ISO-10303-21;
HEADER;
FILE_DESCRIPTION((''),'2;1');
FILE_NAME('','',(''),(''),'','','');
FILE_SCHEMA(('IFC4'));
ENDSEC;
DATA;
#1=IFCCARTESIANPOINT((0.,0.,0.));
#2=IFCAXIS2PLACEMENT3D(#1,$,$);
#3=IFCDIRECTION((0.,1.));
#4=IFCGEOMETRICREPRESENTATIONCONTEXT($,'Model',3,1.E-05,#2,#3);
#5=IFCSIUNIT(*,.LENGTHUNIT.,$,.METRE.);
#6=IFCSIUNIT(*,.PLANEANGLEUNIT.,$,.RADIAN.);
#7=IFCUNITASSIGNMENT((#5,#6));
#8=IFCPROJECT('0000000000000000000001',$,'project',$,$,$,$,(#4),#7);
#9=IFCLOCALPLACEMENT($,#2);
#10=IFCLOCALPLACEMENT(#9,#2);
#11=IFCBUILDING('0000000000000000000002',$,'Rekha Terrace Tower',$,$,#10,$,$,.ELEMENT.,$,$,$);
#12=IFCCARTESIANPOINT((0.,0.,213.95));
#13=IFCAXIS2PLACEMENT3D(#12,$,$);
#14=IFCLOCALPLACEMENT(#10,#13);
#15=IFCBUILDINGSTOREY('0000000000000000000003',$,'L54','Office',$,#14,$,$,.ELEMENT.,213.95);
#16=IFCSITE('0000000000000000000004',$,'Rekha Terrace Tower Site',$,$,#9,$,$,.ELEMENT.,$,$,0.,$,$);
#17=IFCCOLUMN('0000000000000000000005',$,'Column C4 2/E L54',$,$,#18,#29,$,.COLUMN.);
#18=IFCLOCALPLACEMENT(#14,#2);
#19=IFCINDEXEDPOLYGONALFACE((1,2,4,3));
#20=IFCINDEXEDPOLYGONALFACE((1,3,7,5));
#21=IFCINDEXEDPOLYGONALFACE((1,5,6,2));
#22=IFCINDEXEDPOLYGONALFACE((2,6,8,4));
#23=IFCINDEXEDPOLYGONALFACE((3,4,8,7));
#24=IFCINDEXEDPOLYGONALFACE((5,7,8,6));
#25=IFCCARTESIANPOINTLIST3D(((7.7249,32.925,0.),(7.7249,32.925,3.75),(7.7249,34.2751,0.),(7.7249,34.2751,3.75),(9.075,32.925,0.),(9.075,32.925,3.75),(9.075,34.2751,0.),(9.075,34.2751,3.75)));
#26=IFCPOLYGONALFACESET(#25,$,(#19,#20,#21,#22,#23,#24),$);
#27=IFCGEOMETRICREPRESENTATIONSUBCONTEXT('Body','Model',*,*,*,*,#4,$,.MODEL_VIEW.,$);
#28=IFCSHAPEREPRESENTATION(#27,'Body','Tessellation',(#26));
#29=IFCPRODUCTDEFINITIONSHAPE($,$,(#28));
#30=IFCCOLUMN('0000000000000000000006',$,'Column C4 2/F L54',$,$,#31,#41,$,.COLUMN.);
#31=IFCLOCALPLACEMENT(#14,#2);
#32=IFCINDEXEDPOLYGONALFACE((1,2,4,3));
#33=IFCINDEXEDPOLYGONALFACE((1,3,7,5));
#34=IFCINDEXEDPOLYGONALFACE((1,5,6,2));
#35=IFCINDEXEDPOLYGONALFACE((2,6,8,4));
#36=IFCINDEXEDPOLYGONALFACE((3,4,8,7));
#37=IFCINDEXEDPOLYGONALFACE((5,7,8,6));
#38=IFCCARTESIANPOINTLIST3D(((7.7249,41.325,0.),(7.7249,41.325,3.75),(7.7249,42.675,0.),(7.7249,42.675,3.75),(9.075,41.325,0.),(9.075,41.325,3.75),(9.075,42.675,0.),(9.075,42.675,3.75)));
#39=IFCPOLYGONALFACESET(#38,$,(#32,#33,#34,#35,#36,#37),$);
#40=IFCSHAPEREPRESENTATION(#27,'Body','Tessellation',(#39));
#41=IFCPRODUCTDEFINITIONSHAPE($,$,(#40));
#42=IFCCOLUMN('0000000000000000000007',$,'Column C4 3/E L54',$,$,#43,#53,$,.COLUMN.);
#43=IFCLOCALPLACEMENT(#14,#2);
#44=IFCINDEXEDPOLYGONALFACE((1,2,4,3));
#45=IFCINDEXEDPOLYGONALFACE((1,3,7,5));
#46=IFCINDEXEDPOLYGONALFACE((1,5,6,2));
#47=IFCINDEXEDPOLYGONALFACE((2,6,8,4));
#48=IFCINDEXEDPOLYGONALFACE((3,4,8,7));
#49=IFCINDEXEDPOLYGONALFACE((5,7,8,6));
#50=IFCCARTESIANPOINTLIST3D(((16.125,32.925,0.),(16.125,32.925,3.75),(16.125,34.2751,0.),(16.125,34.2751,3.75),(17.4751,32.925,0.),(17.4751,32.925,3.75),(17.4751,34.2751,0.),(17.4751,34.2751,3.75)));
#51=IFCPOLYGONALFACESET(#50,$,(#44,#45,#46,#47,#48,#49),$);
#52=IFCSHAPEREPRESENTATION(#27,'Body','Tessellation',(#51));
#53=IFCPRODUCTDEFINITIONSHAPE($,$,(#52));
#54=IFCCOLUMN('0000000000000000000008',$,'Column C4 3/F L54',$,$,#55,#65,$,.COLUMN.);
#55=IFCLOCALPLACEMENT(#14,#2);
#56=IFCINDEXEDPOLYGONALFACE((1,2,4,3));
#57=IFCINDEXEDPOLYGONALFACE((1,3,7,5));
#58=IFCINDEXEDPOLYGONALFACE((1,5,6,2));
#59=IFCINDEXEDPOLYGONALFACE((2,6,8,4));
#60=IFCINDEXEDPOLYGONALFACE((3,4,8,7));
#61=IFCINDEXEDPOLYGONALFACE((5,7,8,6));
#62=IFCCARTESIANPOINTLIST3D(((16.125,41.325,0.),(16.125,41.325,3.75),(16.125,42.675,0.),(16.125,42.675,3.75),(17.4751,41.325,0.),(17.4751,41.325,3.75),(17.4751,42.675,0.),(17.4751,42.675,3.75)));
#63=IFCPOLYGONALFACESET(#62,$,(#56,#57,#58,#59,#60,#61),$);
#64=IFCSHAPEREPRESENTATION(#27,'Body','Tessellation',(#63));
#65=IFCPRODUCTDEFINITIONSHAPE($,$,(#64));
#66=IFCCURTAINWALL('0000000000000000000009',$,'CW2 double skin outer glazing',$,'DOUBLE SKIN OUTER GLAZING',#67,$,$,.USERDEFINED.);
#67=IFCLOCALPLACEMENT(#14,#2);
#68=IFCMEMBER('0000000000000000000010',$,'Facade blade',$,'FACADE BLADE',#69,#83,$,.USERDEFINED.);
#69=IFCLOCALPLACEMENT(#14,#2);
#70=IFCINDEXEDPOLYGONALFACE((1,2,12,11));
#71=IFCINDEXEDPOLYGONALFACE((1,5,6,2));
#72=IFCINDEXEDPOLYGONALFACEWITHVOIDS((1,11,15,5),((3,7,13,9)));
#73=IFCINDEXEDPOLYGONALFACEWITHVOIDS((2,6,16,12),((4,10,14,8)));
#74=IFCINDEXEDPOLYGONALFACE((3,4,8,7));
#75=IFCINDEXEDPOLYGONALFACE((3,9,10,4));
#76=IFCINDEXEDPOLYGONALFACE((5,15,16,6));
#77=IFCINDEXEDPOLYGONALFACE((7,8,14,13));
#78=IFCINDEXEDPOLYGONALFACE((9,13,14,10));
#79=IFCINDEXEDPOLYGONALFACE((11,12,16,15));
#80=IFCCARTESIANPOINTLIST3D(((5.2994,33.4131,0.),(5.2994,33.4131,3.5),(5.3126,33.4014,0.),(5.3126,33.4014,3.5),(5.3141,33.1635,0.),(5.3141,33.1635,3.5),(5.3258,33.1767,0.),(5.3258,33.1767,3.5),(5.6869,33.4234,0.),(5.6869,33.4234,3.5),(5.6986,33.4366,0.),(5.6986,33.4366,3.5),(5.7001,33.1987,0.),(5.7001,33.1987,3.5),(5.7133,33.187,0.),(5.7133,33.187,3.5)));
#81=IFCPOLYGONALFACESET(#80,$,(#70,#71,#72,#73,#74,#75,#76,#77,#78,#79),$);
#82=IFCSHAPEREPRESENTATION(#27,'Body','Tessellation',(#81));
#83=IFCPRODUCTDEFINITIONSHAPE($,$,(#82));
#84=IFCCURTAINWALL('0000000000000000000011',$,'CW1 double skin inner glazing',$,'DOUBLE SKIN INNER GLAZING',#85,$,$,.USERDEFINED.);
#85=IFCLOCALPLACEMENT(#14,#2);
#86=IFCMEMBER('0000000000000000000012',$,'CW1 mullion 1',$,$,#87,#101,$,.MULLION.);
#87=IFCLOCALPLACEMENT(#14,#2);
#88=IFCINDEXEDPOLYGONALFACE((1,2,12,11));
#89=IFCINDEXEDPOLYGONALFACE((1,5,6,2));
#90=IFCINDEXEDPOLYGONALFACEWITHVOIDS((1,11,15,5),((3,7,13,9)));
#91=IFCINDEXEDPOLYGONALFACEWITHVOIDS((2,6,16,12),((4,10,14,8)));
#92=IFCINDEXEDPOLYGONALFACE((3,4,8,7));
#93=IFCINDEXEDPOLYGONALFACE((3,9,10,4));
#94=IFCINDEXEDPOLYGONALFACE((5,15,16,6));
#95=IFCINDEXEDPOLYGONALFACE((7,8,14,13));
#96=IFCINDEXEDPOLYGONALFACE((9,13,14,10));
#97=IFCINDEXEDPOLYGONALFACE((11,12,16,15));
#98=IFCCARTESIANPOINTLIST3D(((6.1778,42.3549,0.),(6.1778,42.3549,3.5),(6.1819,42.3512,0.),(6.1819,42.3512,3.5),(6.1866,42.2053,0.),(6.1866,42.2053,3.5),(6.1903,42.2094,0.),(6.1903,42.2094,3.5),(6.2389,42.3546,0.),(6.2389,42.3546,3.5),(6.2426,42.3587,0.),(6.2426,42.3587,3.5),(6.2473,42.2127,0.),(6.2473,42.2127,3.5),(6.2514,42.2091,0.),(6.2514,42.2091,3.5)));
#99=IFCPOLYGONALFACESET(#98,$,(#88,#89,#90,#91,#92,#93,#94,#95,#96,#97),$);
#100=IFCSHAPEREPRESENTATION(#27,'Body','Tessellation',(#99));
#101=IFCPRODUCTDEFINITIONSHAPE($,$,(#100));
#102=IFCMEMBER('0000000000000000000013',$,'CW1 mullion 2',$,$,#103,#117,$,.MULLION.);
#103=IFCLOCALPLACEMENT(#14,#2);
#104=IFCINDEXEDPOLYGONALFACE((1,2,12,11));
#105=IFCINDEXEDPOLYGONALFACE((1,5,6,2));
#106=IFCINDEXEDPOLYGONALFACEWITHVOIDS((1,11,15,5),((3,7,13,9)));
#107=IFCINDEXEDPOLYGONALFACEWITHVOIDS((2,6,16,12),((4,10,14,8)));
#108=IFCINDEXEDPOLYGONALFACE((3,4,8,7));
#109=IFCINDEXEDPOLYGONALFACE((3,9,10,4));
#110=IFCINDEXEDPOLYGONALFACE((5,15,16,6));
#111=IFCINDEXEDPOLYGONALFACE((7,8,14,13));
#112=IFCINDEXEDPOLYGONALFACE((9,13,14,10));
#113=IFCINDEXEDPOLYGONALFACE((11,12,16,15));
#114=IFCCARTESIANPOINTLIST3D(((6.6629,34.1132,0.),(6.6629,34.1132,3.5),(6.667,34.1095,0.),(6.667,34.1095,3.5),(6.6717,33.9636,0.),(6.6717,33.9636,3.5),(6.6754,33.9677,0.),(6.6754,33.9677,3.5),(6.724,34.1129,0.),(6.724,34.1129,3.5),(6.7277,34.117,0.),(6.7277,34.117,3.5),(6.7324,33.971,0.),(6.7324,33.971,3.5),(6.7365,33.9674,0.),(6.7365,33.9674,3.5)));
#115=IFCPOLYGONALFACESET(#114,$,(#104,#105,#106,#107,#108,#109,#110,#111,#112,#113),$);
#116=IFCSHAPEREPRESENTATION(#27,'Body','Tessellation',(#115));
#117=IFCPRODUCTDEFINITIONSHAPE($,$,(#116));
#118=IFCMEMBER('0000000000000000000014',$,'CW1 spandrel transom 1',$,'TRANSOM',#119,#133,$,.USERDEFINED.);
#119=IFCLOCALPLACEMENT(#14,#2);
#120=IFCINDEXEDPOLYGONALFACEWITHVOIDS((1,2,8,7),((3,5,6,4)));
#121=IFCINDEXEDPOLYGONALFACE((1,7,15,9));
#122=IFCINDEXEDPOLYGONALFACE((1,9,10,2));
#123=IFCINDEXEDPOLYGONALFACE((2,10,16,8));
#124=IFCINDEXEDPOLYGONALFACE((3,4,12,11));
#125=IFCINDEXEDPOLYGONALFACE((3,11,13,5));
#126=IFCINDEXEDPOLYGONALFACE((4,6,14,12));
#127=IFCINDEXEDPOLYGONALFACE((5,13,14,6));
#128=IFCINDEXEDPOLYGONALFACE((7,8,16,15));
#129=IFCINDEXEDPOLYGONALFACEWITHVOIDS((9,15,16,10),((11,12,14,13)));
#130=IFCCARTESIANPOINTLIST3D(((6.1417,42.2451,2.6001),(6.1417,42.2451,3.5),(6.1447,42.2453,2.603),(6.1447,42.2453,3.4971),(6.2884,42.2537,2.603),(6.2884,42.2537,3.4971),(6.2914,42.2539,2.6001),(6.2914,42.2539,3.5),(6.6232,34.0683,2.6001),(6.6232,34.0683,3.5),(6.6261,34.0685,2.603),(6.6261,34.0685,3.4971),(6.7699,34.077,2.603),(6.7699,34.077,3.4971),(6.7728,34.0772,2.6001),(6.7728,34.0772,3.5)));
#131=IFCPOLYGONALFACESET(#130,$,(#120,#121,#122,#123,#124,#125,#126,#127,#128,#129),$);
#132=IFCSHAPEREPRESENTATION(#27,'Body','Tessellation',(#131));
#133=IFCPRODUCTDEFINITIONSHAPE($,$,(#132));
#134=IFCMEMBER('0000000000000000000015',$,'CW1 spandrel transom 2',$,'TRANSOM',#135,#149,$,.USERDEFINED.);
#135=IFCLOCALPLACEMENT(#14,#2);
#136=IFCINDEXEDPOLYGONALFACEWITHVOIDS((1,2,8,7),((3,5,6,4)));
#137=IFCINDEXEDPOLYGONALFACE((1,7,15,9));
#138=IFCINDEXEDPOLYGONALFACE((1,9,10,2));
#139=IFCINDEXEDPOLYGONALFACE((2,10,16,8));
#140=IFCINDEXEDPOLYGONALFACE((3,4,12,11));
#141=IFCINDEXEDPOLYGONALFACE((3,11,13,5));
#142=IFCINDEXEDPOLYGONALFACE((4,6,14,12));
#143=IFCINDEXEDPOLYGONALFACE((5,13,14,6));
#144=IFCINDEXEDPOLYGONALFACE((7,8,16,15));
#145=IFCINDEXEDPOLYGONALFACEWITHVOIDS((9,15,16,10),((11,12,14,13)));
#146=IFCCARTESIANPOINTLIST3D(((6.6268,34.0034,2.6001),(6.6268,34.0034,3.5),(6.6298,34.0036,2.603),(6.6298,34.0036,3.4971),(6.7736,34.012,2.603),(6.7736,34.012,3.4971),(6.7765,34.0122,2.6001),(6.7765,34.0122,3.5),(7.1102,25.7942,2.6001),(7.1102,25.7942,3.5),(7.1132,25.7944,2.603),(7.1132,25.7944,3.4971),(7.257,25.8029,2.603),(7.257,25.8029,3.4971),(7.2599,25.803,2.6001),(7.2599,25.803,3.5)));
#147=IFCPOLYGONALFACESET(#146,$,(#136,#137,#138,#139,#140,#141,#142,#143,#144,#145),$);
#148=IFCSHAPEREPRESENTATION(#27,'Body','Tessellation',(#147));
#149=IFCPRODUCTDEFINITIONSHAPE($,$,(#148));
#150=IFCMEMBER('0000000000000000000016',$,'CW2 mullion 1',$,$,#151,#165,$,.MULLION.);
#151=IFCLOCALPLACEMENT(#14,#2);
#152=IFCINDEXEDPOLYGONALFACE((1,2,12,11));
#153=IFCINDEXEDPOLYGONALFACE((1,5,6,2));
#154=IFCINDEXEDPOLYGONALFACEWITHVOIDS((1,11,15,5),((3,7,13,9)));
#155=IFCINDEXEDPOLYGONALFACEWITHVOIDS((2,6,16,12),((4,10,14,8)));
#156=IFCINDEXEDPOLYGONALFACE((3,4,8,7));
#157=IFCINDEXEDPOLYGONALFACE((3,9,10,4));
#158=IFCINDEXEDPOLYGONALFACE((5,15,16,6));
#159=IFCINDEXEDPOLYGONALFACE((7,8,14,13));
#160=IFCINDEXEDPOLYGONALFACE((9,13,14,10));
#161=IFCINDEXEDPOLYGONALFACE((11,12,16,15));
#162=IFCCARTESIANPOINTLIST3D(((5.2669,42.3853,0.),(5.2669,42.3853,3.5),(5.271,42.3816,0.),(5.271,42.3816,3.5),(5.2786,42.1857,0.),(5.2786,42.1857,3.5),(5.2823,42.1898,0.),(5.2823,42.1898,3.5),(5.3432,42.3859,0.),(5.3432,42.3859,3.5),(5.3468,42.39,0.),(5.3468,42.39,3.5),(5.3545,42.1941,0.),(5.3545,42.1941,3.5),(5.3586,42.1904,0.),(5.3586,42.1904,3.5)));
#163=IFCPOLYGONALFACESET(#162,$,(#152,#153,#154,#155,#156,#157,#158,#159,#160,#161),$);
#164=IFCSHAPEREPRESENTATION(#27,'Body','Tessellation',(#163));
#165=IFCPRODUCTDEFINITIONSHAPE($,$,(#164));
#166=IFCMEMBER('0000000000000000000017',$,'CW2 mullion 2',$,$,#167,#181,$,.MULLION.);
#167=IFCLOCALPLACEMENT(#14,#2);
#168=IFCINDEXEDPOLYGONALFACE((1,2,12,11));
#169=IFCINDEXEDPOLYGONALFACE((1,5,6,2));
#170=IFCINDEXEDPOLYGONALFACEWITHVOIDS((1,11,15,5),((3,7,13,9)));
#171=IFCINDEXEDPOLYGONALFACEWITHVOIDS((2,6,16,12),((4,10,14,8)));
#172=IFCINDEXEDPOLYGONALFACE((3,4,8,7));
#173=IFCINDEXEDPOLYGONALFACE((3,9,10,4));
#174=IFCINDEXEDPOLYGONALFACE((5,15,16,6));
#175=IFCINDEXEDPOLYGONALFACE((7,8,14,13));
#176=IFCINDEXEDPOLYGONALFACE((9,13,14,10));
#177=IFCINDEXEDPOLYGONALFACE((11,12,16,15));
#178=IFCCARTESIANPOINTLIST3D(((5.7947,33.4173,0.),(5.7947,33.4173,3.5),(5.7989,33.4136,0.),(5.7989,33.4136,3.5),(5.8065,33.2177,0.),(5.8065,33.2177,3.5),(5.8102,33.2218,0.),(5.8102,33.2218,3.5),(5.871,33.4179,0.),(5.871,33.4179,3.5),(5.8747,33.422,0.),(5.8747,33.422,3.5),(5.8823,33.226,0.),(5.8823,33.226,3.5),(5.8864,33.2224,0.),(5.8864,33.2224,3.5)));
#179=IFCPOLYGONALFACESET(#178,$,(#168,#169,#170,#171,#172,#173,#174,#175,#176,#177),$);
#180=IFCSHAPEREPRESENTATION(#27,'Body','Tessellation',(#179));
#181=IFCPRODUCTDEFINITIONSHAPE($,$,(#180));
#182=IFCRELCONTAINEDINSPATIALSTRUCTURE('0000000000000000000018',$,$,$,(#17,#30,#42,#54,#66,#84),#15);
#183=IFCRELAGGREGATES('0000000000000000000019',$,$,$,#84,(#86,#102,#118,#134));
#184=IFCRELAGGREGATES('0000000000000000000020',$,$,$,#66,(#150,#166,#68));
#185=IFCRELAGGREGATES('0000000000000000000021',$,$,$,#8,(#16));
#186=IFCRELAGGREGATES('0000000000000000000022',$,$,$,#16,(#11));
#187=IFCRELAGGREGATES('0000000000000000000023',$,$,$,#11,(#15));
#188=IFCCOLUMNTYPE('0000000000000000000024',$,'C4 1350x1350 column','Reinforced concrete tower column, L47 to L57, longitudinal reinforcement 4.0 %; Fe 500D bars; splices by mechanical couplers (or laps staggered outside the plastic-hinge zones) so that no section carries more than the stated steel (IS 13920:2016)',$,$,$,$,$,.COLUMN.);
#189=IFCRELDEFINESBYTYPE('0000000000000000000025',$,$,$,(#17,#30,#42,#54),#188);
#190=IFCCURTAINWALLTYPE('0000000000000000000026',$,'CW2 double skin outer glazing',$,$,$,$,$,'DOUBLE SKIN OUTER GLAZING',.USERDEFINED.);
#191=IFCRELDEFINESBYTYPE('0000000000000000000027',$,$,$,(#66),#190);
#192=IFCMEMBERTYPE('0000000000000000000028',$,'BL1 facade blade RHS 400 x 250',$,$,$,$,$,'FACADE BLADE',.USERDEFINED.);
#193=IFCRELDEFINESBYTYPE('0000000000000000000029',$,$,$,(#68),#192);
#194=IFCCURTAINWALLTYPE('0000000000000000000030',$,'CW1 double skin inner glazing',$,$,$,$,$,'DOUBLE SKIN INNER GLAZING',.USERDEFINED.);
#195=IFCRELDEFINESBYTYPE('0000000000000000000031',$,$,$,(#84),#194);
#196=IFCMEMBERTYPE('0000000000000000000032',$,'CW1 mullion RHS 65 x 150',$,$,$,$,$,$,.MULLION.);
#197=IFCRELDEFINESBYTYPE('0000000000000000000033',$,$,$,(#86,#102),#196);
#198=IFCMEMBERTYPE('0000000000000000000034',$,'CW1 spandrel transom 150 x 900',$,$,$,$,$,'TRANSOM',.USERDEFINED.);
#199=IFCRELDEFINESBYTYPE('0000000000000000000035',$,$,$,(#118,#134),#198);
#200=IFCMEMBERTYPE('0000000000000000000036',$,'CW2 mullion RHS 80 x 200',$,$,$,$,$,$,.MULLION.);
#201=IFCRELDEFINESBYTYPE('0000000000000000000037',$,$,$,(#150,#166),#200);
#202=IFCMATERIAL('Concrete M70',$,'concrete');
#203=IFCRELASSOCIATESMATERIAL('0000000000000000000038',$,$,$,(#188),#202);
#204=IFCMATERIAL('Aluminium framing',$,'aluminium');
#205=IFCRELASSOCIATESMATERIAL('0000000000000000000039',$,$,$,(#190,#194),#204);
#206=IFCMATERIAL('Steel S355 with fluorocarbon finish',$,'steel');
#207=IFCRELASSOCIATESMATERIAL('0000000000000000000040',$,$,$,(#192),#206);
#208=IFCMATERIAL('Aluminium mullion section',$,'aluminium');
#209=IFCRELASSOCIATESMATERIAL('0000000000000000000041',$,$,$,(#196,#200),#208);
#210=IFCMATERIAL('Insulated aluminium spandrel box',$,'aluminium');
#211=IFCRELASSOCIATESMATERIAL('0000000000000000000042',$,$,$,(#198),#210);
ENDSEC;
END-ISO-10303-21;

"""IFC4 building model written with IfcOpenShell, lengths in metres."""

from ifc_helpers import new_model, si_unit, direction, frame, origin, origin_2d, place, context, subcontext, project, spatial, rectangle, hollow_rectangle, extrude, material, material_profile, profile_set, type_object, element, aggregate, save


model = new_model("IFC4")

# Units and contexts
model_context = context("Model", 3, precision=1e-05, world=origin(), true_north=direction((0.0, 1.0)))
body_context = subcontext(model_context, "Body", "Model", "MODEL_VIEW")
ifc_project = project(units=[si_unit("LENGTHUNIT", "METRE"), si_unit("PLANEANGLEUNIT", "RADIAN")], contexts=[model_context])

# Site, building, storey
site_placement = place(None, origin())
site = spatial("IfcSite", under=ifc_project, at=site_placement, Name="Rekha Terrace Tower Site", CompositionType="ELEMENT", RefElevation=0.0)
building_placement = place(site_placement, origin())
building = spatial("IfcBuilding", under=site, at=building_placement, Name="Rekha Terrace Tower", CompositionType="ELEMENT")
storey_placement = place(building_placement, frame((0.0, 0.0, 213.95)))
storey = spatial("IfcBuildingStorey", under=building, at=storey_placement, Name="L54", Description="Office", CompositionType="ELEMENT", Elevation=213.95)

# Columns
ifc_material_1 = material(Name="Concrete M70", Category="concrete")
ifc_material_profile_1 = material_profile(ifc_material_1, rectangle(XDim=1.3501, YDim=1.3501, at=origin_2d()), Name="RC 1350x1350")
ifc_profile_set_1 = profile_set([ifc_material_profile_1], Name="Concrete M70")
column_type = type_object("IfcColumnType", Name="C4 1350x1350 column", Description="Reinforced concrete tower column, L47 to L57, longitudinal reinforcement 4.0 %; Fe 500D bars; splices by mechanical couplers (or laps staggered outside the plastic-hinge zones) so that no section carries more than the stated steel (IS 13920:2016)", PredefinedType="COLUMN", material=ifc_profile_set_1)
for number, where, z_axis, x_axis, name in (
    (1, (8.3999, 33.6001, 0.0), (0.0, 0.0, 1.0), (1.0, 0.0, 0.0), "Column C4 2/E L54"),
    (2, (8.3999, 42.0, 0.0), (0.0, 0.0, 1.0), (1.0, 0.0, 0.0), "Column C4 2/F L54"),
    (3, (16.8, 33.6001, 0.0), (0.0, 0.0, 1.0), (1.0, 0.0, 0.0), "Column C4 3/E L54"),
    (4, (16.8, 42.0, 0.0), (0.0, 0.0, 1.0), (1.0, 0.0, 0.0), "Column C4 3/F L54"),
):
    element("IfcColumn", number, at=place(storey_placement, frame(where, z_axis=z_axis, x_axis=x_axis)), inside=storey, type_object=column_type, Name=name, PredefinedType="COLUMN", context=body_context, shape_type="SweptSolid", body=[
        extrude(rectangle(XDim=1.3501, YDim=1.3501, at=origin_2d()), origin(), (0.0, 0.0, 1.0), 3.75),
    ])

# Curtain wall, member
ifc_material_2 = material(Name="Aluminium framing", Category="aluminium")
curtain_wall_type_1 = type_object("IfcCurtainWallType", Name="CW2 double skin outer glazing", ElementType="DOUBLE SKIN OUTER GLAZING", PredefinedType="USERDEFINED", material=ifc_material_2)
curtain_wall_1_placement = place(storey_placement, origin())
curtain_wall_1 = element("IfcCurtainWall", 5, at=curtain_wall_1_placement, inside=storey, type_object=curtain_wall_type_1, Name="CW2 double skin outer glazing", ObjectType="DOUBLE SKIN OUTER GLAZING", PredefinedType="USERDEFINED")
ifc_material_3 = material(Name="Steel S355 with fluorocarbon finish", Category="steel")
ifc_material_profile_2 = material_profile(ifc_material_3, hollow_rectangle(XDim=0.25, YDim=0.3999, WallThickness=0.0125, at=origin_2d()), Name="RHS400x250x12.5")
ifc_profile_set_2 = profile_set([ifc_material_profile_2], Name="Steel S355 with fluorocarbon finish")
member_type_1 = type_object("IfcMemberType", Name="BL1 facade blade RHS 400 x 250", ElementType="FACADE BLADE", PredefinedType="USERDEFINED", material=ifc_profile_set_2)
member_1_placement = place(storey_placement, frame((5.5063, 33.3, 0.0), z_axis=(0.0, 0.0, 1.0), x_axis=(0.058765, -0.998272, 0.0)))
member_1 = element("IfcMember", 6, at=member_1_placement, type_object=member_type_1, Name="Facade blade", ObjectType="FACADE BLADE", PredefinedType="USERDEFINED", context=body_context, shape_type="SweptSolid", body=[
    extrude(hollow_rectangle(XDim=0.25, YDim=0.3999, WallThickness=0.0125, at=origin_2d()), origin(), (0.0, 0.0, 1.0), 3.5),
])

# Curtain wall, members
curtain_wall_type_2 = type_object("IfcCurtainWallType", Name="CW1 double skin inner glazing", ElementType="DOUBLE SKIN INNER GLAZING", PredefinedType="USERDEFINED", material=ifc_material_2)
curtain_wall_2_placement = place(storey_placement, origin())
curtain_wall_2 = element("IfcCurtainWall", 7, at=curtain_wall_2_placement, inside=storey, type_object=curtain_wall_type_2, Name="CW1 double skin inner glazing", ObjectType="DOUBLE SKIN INNER GLAZING", PredefinedType="USERDEFINED")
ifc_material_4 = material(Name="Aluminium mullion section", Category="aluminium")
ifc_material_profile_3 = material_profile(ifc_material_4, hollow_rectangle(XDim=0.0649, YDim=0.1499, WallThickness=0.0039, at=origin_2d()), Name="AL RHS 65x150")
ifc_profile_set_3 = profile_set([ifc_material_profile_3], Name="Aluminium mullion section")
member_type_2 = type_object("IfcMemberType", Name="CW1 mullion RHS 65 x 150", PredefinedType="MULLION", material=ifc_profile_set_3)
member_2_placement = place(storey_placement, frame((6.2146, 42.282, 0.0), z_axis=(0.0, 0.0, 1.0), x_axis=(0.998272, 0.058765, 0.0)))
member_2 = element("IfcMember", 8, at=member_2_placement, type_object=member_type_2, Name="CW1 mullion 1", PredefinedType="MULLION", context=body_context, shape_type="SweptSolid", body=[
    extrude(hollow_rectangle(XDim=0.0649, YDim=0.1499, WallThickness=0.0039, at=origin_2d()), origin(), (0.0, 0.0, 1.0), 3.5),
])
member_3_placement = place(storey_placement, frame((6.6997, 34.0403, 0.0), z_axis=(0.0, 0.0, 1.0), x_axis=(0.998272, 0.058765, 0.0)))
member_3 = element("IfcMember", 9, at=member_3_placement, type_object=member_type_2, Name="CW1 mullion 2", PredefinedType="MULLION", context=body_context, shape_type="SweptSolid", body=[
    extrude(hollow_rectangle(XDim=0.0649, YDim=0.1499, WallThickness=0.0039, at=origin_2d()), origin(), (0.0, 0.0, 1.0), 3.5),
])
ifc_material_5 = material(Name="Insulated aluminium spandrel box", Category="aluminium")
ifc_material_profile_4 = material_profile(ifc_material_5, hollow_rectangle(XDim=0.1499, YDim=0.8999, WallThickness=0.0029, at=origin_2d()), Name="AL SPANDREL BOX 150x900")
ifc_profile_set_4 = profile_set([ifc_material_profile_4], Name="Insulated aluminium spandrel box")
member_type_3 = type_object("IfcMemberType", Name="CW1 spandrel transom 150 x 900", ElementType="TRANSOM", PredefinedType="USERDEFINED", material=ifc_profile_set_4)
member_4_placement = place(storey_placement, frame((6.2166, 42.2495, 3.05), z_axis=(0.058778, -0.998271, 0.0), x_axis=(0.998271, 0.058778, 0.0)))
member_4 = element("IfcMember", 10, at=member_4_placement, type_object=member_type_3, Name="CW1 spandrel transom 1", ObjectType="TRANSOM", PredefinedType="USERDEFINED", context=body_context, shape_type="SweptSolid", body=[
    extrude(hollow_rectangle(XDim=0.1499, YDim=0.8999, WallThickness=0.0029, at=origin_2d()), origin(), (0.0, 0.0, 1.0), 8.1909),
])
member_5_placement = place(storey_placement, frame((6.7017, 34.0078, 3.05), z_axis=(0.058783, -0.998271, 0.0), x_axis=(0.998271, 0.058783, 0.0)))
member_5 = element("IfcMember", 11, at=member_5_placement, type_object=member_type_3, Name="CW1 spandrel transom 2", ObjectType="TRANSOM", PredefinedType="USERDEFINED", context=body_context, shape_type="SweptSolid", body=[
    extrude(hollow_rectangle(XDim=0.1499, YDim=0.8999, WallThickness=0.0029, at=origin_2d()), origin(), (0.0, 0.0, 1.0), 8.2234),
])

# Members
ifc_material_profile_5 = material_profile(ifc_material_4, hollow_rectangle(XDim=0.0801, YDim=0.2, WallThickness=0.0039, at=origin_2d()), Name="AL RHS 80x200")
ifc_profile_set_5 = profile_set([ifc_material_profile_5], Name="Aluminium mullion section")
member_type_4 = type_object("IfcMemberType", Name="CW2 mullion RHS 80 x 200", PredefinedType="MULLION", material=ifc_profile_set_5)
member_6_placement = place(storey_placement, frame((5.3127, 42.2878, 0.0), z_axis=(0.0, 0.0, 1.0), x_axis=(0.998272, 0.058765, 0.0)))
member_6 = element("IfcMember", 12, at=member_6_placement, type_object=member_type_4, Name="CW2 mullion 1", PredefinedType="MULLION", context=body_context, shape_type="SweptSolid", body=[
    extrude(hollow_rectangle(XDim=0.0801, YDim=0.2, WallThickness=0.0039, at=origin_2d()), origin(), (0.0, 0.0, 1.0), 3.5),
])
member_7_placement = place(storey_placement, frame((5.8406, 33.3198, 0.0), z_axis=(0.0, 0.0, 1.0), x_axis=(0.998272, 0.058765, 0.0)))
member_7 = element("IfcMember", 13, at=member_7_placement, type_object=member_type_4, Name="CW2 mullion 2", PredefinedType="MULLION", context=body_context, shape_type="SweptSolid", body=[
    extrude(hollow_rectangle(XDim=0.0801, YDim=0.2, WallThickness=0.0039, at=origin_2d()), origin(), (0.0, 0.0, 1.0), 3.5),
])

aggregate(curtain_wall_2, [member_2, member_3, member_4, member_5])
aggregate(curtain_wall_1, [member_6, member_7, member_1])

save(model, "model.ifc")
